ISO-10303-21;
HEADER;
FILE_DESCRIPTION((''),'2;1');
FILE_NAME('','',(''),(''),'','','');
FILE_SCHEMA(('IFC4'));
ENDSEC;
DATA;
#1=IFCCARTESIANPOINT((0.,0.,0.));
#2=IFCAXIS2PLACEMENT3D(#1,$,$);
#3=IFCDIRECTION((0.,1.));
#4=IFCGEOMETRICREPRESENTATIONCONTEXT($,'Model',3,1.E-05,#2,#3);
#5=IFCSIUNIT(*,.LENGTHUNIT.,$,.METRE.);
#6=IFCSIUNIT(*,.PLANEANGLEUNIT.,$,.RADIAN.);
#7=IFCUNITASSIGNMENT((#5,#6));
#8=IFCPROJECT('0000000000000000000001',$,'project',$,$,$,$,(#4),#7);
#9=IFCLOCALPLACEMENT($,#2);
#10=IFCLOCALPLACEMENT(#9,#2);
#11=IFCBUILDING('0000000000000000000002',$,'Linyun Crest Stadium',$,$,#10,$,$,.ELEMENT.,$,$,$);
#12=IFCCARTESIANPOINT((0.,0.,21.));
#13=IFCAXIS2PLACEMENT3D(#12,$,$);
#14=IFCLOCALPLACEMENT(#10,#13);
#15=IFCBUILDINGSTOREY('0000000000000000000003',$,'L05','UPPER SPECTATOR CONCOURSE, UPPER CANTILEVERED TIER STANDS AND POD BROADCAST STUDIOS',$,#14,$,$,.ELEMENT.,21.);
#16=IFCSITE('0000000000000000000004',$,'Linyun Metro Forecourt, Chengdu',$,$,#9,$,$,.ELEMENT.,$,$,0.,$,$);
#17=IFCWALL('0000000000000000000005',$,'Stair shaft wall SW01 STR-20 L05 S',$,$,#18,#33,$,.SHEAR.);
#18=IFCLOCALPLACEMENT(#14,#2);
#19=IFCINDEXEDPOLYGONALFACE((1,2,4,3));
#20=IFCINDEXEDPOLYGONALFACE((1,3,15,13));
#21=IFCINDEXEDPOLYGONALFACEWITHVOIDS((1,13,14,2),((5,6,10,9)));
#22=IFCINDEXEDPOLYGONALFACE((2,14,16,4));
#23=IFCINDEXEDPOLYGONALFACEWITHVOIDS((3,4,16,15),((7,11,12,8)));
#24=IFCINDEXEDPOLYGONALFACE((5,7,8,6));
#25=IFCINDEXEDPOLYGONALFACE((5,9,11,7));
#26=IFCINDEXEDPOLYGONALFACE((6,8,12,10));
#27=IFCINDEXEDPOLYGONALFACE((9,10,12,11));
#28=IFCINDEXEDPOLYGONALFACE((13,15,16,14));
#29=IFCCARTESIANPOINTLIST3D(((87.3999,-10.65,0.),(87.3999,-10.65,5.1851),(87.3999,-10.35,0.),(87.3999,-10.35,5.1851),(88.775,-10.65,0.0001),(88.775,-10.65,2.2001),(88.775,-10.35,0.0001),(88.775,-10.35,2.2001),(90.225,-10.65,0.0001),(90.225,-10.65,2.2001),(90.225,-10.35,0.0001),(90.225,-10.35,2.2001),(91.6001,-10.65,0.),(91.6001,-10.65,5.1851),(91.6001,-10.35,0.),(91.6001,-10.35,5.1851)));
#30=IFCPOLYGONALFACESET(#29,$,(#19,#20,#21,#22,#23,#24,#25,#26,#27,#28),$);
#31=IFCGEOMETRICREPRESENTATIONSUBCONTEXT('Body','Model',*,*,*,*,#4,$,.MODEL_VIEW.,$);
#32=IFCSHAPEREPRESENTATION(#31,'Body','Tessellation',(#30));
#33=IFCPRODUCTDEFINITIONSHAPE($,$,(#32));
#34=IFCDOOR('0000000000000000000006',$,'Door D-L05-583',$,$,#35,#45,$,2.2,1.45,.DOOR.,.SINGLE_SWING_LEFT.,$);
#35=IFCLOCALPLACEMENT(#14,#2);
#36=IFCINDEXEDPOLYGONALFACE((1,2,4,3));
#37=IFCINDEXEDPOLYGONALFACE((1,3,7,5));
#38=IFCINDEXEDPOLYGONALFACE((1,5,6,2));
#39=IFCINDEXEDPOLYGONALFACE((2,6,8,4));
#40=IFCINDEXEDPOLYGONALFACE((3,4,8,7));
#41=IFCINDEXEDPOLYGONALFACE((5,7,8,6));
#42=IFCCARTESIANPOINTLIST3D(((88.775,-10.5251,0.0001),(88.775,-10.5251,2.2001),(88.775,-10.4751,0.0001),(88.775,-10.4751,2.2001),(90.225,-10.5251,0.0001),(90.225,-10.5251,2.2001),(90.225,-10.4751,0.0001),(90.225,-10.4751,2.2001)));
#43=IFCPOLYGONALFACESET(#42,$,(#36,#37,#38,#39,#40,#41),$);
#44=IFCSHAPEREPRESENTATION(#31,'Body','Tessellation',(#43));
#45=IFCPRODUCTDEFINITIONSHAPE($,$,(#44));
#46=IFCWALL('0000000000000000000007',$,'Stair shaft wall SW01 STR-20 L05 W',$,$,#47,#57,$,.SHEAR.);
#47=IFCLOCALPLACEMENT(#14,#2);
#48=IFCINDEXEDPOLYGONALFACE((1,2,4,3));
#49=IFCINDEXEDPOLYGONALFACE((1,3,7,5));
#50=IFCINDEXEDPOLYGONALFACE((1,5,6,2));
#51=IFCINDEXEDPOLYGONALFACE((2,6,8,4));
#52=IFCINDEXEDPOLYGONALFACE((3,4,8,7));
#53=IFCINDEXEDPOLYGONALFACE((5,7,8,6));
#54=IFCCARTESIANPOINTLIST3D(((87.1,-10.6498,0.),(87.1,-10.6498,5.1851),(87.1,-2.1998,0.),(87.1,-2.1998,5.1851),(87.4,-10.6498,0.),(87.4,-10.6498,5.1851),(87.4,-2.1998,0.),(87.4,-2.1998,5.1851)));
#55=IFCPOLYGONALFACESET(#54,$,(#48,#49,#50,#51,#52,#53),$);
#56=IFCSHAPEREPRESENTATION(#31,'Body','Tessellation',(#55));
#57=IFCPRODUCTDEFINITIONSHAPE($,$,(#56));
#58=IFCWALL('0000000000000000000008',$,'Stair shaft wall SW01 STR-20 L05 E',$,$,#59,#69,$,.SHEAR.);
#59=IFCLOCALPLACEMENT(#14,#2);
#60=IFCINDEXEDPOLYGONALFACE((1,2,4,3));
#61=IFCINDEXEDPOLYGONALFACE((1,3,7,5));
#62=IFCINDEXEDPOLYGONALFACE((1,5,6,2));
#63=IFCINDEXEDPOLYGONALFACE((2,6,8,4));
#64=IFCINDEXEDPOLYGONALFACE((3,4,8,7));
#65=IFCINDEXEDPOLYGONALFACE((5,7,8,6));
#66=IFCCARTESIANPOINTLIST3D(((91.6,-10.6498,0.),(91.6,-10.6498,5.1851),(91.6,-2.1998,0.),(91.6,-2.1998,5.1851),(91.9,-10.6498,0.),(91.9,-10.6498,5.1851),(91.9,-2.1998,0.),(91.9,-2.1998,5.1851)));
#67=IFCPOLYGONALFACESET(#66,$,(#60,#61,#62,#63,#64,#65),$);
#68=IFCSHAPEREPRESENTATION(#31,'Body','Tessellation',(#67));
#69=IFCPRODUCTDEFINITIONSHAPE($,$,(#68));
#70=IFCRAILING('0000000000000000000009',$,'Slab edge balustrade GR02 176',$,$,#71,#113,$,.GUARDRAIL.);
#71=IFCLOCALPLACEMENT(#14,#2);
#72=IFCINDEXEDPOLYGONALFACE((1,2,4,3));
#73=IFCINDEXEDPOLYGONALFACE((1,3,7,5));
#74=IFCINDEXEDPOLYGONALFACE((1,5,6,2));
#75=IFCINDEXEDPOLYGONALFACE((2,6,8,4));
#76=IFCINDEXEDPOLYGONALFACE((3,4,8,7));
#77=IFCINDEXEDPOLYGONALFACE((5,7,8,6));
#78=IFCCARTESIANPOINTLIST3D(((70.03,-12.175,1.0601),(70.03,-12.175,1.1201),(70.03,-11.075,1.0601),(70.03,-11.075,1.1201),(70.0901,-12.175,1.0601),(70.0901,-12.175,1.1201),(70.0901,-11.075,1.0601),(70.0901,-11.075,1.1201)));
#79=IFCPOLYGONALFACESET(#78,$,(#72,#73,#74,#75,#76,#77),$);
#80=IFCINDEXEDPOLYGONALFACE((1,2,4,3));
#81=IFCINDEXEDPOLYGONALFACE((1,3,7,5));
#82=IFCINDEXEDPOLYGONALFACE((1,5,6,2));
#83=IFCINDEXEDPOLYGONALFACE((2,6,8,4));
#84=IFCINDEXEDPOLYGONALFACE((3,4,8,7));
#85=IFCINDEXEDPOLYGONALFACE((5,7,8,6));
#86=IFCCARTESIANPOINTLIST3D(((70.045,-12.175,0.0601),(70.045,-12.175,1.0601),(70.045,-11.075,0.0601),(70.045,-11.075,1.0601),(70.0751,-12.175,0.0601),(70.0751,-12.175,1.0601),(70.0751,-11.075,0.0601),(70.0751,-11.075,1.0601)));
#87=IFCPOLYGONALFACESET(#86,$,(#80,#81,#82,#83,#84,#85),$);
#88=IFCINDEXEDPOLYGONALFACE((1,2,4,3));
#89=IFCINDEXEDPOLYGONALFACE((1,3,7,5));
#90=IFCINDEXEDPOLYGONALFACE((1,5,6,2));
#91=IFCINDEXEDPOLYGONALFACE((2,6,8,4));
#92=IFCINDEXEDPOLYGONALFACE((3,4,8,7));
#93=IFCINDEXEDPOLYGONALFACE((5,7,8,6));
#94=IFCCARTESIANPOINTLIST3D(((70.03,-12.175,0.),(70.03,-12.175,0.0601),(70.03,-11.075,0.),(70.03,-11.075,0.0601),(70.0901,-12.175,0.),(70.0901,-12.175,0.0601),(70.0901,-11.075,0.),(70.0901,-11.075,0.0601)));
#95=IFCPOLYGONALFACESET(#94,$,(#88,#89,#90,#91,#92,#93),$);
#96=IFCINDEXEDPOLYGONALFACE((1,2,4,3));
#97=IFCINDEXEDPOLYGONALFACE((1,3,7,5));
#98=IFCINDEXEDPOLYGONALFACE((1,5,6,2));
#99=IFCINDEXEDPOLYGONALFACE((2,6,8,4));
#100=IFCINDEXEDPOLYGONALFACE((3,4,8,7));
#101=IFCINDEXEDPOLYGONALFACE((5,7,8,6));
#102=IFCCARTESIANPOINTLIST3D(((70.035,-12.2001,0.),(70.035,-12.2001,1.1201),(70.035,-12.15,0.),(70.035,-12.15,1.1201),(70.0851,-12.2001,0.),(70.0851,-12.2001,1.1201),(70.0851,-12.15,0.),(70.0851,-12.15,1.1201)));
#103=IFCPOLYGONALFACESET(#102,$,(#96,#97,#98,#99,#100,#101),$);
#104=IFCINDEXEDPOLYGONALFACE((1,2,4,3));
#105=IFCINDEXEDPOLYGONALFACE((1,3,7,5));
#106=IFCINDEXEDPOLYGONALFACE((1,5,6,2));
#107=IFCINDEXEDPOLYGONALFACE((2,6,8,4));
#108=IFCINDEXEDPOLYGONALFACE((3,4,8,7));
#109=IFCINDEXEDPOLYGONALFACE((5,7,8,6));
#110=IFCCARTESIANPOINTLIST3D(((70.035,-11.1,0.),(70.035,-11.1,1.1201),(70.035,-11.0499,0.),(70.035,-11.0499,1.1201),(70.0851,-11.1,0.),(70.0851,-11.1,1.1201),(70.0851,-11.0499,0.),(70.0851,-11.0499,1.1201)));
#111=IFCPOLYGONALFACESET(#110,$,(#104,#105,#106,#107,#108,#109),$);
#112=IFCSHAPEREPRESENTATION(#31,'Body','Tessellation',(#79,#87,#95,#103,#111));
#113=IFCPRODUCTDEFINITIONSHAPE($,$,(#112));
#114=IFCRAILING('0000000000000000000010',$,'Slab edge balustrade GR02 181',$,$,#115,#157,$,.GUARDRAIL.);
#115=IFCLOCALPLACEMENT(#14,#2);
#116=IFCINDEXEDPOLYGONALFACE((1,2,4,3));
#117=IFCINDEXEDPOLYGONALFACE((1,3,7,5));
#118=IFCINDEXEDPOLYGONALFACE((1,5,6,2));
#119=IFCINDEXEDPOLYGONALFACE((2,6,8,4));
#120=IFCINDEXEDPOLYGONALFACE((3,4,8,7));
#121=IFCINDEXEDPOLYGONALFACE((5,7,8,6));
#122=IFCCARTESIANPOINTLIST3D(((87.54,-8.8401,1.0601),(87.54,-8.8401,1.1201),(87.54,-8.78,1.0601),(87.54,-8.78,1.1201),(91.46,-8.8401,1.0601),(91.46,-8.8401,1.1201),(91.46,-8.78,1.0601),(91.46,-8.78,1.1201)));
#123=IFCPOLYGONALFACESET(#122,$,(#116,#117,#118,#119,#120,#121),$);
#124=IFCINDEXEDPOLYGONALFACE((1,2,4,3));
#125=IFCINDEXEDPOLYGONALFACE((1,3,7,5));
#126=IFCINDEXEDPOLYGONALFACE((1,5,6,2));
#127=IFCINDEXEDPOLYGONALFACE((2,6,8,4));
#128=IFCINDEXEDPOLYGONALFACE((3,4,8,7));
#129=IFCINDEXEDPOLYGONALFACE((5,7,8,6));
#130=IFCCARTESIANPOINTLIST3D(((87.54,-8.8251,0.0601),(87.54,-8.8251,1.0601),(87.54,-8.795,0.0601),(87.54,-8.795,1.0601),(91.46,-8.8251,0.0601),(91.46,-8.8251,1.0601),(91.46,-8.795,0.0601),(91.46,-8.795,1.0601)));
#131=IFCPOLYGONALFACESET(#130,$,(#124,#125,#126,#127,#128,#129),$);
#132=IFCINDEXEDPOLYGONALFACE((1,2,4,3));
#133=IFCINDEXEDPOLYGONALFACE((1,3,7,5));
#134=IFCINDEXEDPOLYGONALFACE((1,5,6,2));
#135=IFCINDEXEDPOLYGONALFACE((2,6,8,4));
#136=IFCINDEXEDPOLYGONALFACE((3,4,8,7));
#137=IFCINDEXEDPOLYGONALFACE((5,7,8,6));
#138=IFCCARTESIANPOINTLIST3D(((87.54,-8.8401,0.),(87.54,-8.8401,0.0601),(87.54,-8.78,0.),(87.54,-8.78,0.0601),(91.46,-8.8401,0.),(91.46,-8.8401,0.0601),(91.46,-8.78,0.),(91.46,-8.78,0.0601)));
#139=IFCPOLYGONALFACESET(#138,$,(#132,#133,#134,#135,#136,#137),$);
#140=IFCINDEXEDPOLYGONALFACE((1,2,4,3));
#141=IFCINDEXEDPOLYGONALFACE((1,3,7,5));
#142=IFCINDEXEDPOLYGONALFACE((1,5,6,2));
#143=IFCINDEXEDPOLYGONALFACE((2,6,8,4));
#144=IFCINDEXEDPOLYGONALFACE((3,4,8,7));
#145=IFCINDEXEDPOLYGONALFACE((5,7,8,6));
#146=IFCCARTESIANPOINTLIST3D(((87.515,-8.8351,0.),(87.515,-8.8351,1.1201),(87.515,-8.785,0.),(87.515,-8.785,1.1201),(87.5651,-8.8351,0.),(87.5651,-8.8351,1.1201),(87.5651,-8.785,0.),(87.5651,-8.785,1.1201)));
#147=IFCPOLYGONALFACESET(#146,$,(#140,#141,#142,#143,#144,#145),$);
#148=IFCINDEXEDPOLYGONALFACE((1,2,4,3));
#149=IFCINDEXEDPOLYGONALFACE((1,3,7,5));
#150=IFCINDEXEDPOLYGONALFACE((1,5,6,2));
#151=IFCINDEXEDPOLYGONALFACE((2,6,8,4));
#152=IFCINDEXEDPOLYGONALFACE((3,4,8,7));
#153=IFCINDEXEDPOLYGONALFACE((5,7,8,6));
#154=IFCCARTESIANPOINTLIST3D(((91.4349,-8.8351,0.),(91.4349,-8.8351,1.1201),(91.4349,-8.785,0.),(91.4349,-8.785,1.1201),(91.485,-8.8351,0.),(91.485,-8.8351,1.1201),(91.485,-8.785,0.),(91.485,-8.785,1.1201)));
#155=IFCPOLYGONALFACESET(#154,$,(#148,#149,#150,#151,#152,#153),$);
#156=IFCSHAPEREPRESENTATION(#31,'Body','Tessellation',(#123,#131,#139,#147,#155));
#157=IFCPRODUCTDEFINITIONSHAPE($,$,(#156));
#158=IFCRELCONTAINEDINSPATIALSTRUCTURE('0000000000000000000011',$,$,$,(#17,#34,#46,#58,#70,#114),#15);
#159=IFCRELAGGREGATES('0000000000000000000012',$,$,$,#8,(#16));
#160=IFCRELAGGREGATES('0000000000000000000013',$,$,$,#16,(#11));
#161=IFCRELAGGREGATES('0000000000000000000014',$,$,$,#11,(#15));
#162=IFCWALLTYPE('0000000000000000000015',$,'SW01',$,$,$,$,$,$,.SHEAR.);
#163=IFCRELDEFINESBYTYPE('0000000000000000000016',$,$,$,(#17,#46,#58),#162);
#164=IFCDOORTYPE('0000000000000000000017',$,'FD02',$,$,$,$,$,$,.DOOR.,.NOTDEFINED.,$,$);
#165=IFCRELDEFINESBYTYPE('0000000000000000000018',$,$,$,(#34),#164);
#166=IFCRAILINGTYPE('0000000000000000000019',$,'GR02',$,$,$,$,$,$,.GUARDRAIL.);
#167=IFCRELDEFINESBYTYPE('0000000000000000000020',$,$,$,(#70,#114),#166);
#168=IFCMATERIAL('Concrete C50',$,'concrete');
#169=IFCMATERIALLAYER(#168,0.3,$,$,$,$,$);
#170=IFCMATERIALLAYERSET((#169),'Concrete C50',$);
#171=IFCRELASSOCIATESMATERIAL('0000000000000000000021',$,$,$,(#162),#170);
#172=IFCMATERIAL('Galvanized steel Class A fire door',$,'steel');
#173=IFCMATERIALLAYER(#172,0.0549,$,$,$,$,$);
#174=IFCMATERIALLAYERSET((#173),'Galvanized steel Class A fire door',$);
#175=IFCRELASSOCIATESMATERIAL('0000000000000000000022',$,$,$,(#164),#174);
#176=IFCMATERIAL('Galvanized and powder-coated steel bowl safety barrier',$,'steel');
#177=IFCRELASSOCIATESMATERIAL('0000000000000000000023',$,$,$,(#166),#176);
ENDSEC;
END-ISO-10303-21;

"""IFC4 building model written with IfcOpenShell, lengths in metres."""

from ifc_helpers import new_model, si_unit, direction, frame, frame_2d, origin, origin_2d, place, context, subcontext, project, spatial, rectangle, extrude, material, layer, layer_set, type_object, element, fill, save


model = new_model("IFC4")

# Units and contexts
model_context = context("Model", 3, precision=1e-05, world=origin(), true_north=direction((0.0, 1.0)))
body_context = subcontext(model_context, "Body", "Model", "MODEL_VIEW")
ifc_project = project(units=[si_unit("LENGTHUNIT", "METRE"), si_unit("PLANEANGLEUNIT", "RADIAN")], contexts=[model_context])

# Site, building, storey
site_placement = place(None, origin())
site = spatial("IfcSite", under=ifc_project, at=site_placement, Name="Linyun Metro Forecourt, Chengdu", CompositionType="ELEMENT", RefElevation=0.0)
building_placement = place(site_placement, origin())
building = spatial("IfcBuilding", under=site, at=building_placement, Name="Linyun Crest Stadium", CompositionType="ELEMENT")
storey_placement = place(building_placement, frame((0.0, 0.0, 21.0)))
storey = spatial("IfcBuildingStorey", under=building, at=storey_placement, Name="L05", Description="UPPER SPECTATOR CONCOURSE, UPPER CANTILEVERED TIER STANDS AND POD BROADCAST STUDIOS", CompositionType="ELEMENT", Elevation=21.0)

# Shared definitions
ifc_material_1 = material(Name="Concrete C50", Category="concrete")
ifc_layer_1 = layer(ifc_material_1, 0.3)
ifc_layer_set_1 = layer_set([ifc_layer_1], Name="Concrete C50")
wall_type_1 = type_object("IfcWallType", Name="SW01", PredefinedType="SHEAR", material=ifc_layer_set_1)

# Wall, opening, door
wall_1_placement = place(storey_placement, frame((87.3999, -10.5, 0.0), z_axis=(0.0, 0.0, 1.0), x_axis=(1.0, 0.0, 0.0)))
wall_1 = element("IfcWall", 1, at=wall_1_placement, inside=storey, type_object=wall_type_1, Name="Stair shaft wall SW01 STR-20 L05 S", PredefinedType="SHEAR", context=body_context, shape_type="SweptSolid", body=[
    extrude(rectangle(XDim=4.2002, YDim=0.3, at=frame_2d((2.1001, 0.0))), origin(), (0.0, 0.0, 1.0), 5.1851),
])
opening_1_placement = place(wall_1_placement, frame((1.375, 0.0, 0.0)))
opening_1 = element("IfcOpeningElement", 2, at=opening_1_placement, cuts=wall_1, PredefinedType="OPENING", context=body_context, shape_type="SweptSolid", body=[
    extrude(rectangle(XDim=1.45, YDim=2.2, at=frame_2d((0.7251, 1.1001))), frame((0.0, 0.1599, 0.0), z_axis=(0.0, -1.0, 0.0), x_axis=(1.0, 0.0, 0.0)), (0.0, 0.0, 1.0), 0.3201),
])
ifc_material_2 = material(Name="Galvanized steel Class A fire door", Category="steel")
ifc_layer_2 = layer(ifc_material_2, 0.0549)
ifc_layer_set_2 = layer_set([ifc_layer_2], Name="Galvanized steel Class A fire door")
door_type_1 = type_object("IfcDoorType", Name="FD02", OperationType="NOTDEFINED", PredefinedType="DOOR", material=ifc_layer_set_2)
door_1_placement = place(opening_1_placement, origin())
door_1 = element("IfcDoor", 3, at=door_1_placement, inside=storey, type_object=door_type_1, Name="Door D-L05-583", OperationType="SINGLE_SWING_LEFT", OverallHeight=2.2, OverallWidth=1.45, PredefinedType="DOOR", context=body_context, shape_type="SweptSolid", body=[
    extrude(rectangle(XDim=1.45, YDim=2.2, at=frame_2d((0.7251, 1.1001))), frame((0.0, 0.0249, 0.0), z_axis=(0.0, -1.0, 0.0), x_axis=(1.0, 0.0, 0.0)), (0.0, 0.0, 1.0), 0.05),
])
fill(opening_1, door_1)

# Walls
for number, where, z_axis, x_axis, name in (
    (4, (87.25, -10.6499, 0.0), (0.0, 0.0, 1.0), (0.0, 1.0, 0.0), "Stair shaft wall SW01 STR-20 L05 W"),
    (5, (91.75, -10.6499, 0.0), (0.0, 0.0, 1.0), (0.0, 1.0, 0.0), "Stair shaft wall SW01 STR-20 L05 E"),
):
    element("IfcWall", number, at=place(storey_placement, frame(where, z_axis=z_axis, x_axis=x_axis)), inside=storey, type_object=wall_type_1, Name=name, PredefinedType="SHEAR", context=body_context, shape_type="SweptSolid", body=[
        extrude(rectangle(XDim=8.45, YDim=0.3, at=frame_2d((4.2251, 0.0))), origin(), (0.0, 0.0, 1.0), 5.1851),
    ])

# Railings
ifc_material_3 = material(Name="Galvanized and powder-coated steel bowl safety barrier", Category="steel")
railing_type = type_object("IfcRailingType", Name="GR02", PredefinedType="GUARDRAIL", material=ifc_material_3)
railing_1_placement = place(storey_placement, frame((70.0601, -12.175, 0.0)))
element("IfcRailing", 6, at=railing_1_placement, inside=storey, type_object=railing_type, Name="Slab edge balustrade GR02 176", PredefinedType="GUARDRAIL", context=body_context, shape_type="SweptSolid", body=[
    extrude(rectangle(XDim=0.0601, YDim=0.0601, at=origin_2d()), frame((0.0, 0.0, 1.0901), z_axis=(0.0, 1.0, 0.0), x_axis=(-1.0, 0.0, 0.0)), (0.0, 0.0, 1.0), 1.1001),
    extrude(rectangle(XDim=0.03, YDim=1.0, at=origin_2d()), frame((0.0, 0.0, 0.5601), z_axis=(0.0, 1.0, 0.0), x_axis=(-1.0, 0.0, 0.0)), (0.0, 0.0, 1.0), 1.1001),
    extrude(rectangle(XDim=0.0601, YDim=0.0601, at=origin_2d()), frame((0.0, 0.0, 0.03), z_axis=(0.0, 1.0, 0.0), x_axis=(-1.0, 0.0, 0.0)), (0.0, 0.0, 1.0), 1.1001),
    extrude(rectangle(XDim=0.05, YDim=0.05, at=origin_2d()), origin(), (0.0, 0.0, 1.0), 1.1201),
    extrude(rectangle(XDim=0.05, YDim=0.05, at=origin_2d()), frame((0.0, 1.1001, 0.0)), (0.0, 0.0, 1.0), 1.1201),
])
railing_2_placement = place(storey_placement, frame((87.54, -8.8101, 0.0)))
element("IfcRailing", 7, at=railing_2_placement, inside=storey, type_object=railing_type, Name="Slab edge balustrade GR02 181", PredefinedType="GUARDRAIL", context=body_context, shape_type="SweptSolid", body=[
    extrude(rectangle(XDim=0.0601, YDim=0.0601, at=origin_2d()), frame((0.0, 0.0, 1.0901), z_axis=(1.0, 0.0, 0.0), x_axis=(0.0, 1.0, 0.0)), (0.0, 0.0, 1.0), 3.9199),
    extrude(rectangle(XDim=0.03, YDim=1.0, at=origin_2d()), frame((0.0, 0.0, 0.5601), z_axis=(1.0, 0.0, 0.0), x_axis=(0.0, 1.0, 0.0)), (0.0, 0.0, 1.0), 3.9199),
    extrude(rectangle(XDim=0.0601, YDim=0.0601, at=origin_2d()), frame((0.0, 0.0, 0.03), z_axis=(1.0, 0.0, 0.0), x_axis=(0.0, 1.0, 0.0)), (0.0, 0.0, 1.0), 3.9199),
    extrude(rectangle(XDim=0.05, YDim=0.05, at=origin_2d()), origin(), (0.0, 0.0, 1.0), 1.1201),
    extrude(rectangle(XDim=0.05, YDim=0.05, at=origin_2d()), frame((3.9199, 0.0, 0.0)), (0.0, 0.0, 1.0), 1.1201),
])

save(model, "model.ifc")
